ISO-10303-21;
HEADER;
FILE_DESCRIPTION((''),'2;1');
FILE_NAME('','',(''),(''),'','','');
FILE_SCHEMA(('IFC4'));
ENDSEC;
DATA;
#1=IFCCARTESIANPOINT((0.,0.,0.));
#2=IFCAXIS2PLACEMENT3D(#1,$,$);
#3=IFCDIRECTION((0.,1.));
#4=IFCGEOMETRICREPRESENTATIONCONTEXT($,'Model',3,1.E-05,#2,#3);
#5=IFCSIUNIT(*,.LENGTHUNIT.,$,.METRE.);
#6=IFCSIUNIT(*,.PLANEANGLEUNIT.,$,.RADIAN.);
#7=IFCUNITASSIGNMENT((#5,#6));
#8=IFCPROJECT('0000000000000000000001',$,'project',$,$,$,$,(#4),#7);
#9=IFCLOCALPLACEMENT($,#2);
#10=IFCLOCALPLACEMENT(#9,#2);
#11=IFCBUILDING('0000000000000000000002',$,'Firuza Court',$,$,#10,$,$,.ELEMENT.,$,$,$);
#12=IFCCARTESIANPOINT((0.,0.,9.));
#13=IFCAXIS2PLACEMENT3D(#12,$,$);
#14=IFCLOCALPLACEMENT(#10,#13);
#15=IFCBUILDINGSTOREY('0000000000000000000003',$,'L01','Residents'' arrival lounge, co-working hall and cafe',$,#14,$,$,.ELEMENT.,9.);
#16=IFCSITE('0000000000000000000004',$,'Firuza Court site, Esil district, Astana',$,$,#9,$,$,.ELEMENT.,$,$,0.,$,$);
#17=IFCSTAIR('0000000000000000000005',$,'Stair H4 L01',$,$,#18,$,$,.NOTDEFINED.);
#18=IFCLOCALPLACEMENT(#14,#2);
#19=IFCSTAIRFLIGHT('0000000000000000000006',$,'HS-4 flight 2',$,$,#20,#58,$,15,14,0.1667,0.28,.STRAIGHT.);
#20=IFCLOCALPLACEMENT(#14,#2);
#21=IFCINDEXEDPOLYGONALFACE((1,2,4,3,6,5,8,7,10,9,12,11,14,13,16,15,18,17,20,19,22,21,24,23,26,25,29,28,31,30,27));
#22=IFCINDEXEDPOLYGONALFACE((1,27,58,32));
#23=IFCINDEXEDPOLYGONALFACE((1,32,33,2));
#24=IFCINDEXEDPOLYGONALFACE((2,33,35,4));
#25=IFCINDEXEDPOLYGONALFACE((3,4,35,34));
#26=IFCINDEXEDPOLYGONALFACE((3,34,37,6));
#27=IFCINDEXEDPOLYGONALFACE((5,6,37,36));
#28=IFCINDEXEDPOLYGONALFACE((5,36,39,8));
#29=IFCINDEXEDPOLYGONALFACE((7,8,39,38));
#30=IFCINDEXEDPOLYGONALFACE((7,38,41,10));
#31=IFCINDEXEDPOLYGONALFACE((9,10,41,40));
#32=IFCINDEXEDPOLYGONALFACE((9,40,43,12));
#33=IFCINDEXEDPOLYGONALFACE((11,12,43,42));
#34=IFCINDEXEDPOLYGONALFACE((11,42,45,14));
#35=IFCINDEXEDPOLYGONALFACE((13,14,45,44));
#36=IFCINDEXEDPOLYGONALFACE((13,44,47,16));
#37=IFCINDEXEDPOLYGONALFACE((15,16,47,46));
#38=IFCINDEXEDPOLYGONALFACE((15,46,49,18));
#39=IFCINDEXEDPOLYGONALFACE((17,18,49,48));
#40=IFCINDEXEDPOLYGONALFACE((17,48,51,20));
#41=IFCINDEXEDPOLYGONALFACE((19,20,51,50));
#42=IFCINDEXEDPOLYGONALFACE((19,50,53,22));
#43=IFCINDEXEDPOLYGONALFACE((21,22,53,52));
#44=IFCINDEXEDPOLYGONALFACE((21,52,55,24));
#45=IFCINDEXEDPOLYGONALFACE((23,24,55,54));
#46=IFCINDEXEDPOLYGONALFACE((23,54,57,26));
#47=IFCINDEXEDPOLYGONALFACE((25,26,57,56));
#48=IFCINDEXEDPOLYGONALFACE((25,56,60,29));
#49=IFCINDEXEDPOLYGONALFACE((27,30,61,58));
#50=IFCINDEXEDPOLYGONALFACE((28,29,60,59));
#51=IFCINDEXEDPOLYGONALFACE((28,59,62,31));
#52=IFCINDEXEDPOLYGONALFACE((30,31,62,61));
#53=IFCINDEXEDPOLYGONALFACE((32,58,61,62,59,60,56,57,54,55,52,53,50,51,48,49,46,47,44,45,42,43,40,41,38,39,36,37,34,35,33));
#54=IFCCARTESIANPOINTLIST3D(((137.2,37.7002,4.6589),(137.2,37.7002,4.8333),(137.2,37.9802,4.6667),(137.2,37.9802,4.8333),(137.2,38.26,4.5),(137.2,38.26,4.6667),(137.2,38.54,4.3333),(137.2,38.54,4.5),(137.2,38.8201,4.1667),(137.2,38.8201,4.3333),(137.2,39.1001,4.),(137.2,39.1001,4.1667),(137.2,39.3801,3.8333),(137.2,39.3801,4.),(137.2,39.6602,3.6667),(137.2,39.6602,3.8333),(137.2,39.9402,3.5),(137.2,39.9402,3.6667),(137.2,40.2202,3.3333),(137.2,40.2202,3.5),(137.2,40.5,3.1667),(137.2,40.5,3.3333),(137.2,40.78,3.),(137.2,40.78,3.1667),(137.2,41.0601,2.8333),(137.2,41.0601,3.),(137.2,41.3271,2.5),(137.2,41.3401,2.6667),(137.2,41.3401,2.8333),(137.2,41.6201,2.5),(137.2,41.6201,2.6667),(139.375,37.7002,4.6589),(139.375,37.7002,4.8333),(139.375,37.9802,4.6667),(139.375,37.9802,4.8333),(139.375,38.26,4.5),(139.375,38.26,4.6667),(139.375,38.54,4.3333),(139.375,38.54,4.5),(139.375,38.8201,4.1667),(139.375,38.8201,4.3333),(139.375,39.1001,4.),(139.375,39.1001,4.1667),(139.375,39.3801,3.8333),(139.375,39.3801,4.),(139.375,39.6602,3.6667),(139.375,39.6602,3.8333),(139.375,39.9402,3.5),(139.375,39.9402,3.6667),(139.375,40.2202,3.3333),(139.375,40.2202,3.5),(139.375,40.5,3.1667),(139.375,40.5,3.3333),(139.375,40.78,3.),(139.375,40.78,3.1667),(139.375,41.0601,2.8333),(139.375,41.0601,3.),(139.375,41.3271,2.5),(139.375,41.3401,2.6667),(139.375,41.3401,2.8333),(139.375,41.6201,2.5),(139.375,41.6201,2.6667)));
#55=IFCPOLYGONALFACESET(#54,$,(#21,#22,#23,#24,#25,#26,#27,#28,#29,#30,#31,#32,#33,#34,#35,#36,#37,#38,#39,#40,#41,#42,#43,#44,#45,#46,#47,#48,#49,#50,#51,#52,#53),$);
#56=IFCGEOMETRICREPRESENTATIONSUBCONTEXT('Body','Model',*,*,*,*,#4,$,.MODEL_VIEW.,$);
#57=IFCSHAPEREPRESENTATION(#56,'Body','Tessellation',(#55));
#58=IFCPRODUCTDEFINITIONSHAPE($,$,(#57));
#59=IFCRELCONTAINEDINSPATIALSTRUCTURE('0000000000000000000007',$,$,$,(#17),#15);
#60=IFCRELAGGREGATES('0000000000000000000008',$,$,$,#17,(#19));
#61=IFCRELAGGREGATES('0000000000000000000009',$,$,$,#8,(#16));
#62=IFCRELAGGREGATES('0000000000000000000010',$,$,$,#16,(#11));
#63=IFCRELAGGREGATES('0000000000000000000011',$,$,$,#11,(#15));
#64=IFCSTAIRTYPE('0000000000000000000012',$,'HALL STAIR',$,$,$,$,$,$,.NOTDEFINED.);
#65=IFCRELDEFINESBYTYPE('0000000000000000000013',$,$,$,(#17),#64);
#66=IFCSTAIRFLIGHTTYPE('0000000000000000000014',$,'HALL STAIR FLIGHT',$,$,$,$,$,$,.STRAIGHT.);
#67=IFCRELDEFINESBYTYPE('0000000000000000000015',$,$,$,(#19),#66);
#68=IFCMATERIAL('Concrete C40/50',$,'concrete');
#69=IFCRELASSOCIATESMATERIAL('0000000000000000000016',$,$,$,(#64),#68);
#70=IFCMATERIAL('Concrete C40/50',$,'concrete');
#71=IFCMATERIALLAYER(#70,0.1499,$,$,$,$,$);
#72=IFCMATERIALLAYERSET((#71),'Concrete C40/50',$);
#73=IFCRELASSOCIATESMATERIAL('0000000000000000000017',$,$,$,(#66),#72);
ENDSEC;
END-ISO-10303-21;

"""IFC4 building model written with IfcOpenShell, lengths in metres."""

from ifc_helpers import new_model, si_unit, direction, frame, origin, place, context, subcontext, project, spatial, polyline, outline, extrude, material, layer, layer_set, type_object, element, aggregate, save


model = new_model("IFC4")

# Units and contexts
model_context = context("Model", 3, precision=1e-05, world=origin(), true_north=direction((0.0, 1.0)))
body_context = subcontext(model_context, "Body", "Model", "MODEL_VIEW")
ifc_project = project(units=[si_unit("LENGTHUNIT", "METRE"), si_unit("PLANEANGLEUNIT", "RADIAN")], contexts=[model_context])

# Site, building, storey
site_placement = place(None, origin())
site = spatial("IfcSite", under=ifc_project, at=site_placement, Name="Firuza Court site, Esil district, Astana", CompositionType="ELEMENT", RefElevation=0.0)
building_placement = place(site_placement, origin())
building = spatial("IfcBuilding", under=site, at=building_placement, Name="Firuza Court", CompositionType="ELEMENT")
storey_placement = place(building_placement, frame((0.0, 0.0, 9.0)))
storey = spatial("IfcBuildingStorey", under=building, at=storey_placement, Name="L01", Description="Residents' arrival lounge, co-working hall and cafe", CompositionType="ELEMENT", Elevation=9.0)

# Shared definitions
ifc_material_1 = material(Name="Concrete C40/50", Category="concrete")

# Stair, stair flight
ifc_material_2 = material(Name="Concrete C40/50", Category="concrete")
stair_type = type_object("IfcStairType", Name="HALL STAIR", PredefinedType="NOTDEFINED", material=ifc_material_2)
stair_placement = place(storey_placement, origin())
stair = element("IfcStair", 1, at=stair_placement, inside=storey, type_object=stair_type, Name="Stair H4 L01", PredefinedType="NOTDEFINED")
ifc_layer_1 = layer(ifc_material_1, 0.1499)
ifc_layer_set_1 = layer_set([ifc_layer_1], Name="Concrete C40/50")
stair_flight_type = type_object("IfcStairFlightType", Name="HALL STAIR FLIGHT", PredefinedType="STRAIGHT", material=ifc_layer_set_1)
stair_flight_1_placement = place(storey_placement, frame((138.2876, 41.6201, 2.5), z_axis=(0.0, 0.0, 1.0), x_axis=(0.0, -1.0, 0.0)))
stair_flight_1 = element("IfcStairFlight", 2, at=stair_flight_1_placement, type_object=stair_flight_type, Name="HS-4 flight 2", NumberOfRisers=15, NumberOfTreads=14, PredefinedType="STRAIGHT", RiserHeight=0.1667, TreadLength=0.28, context=body_context, shape_type="SweptSolid", body=[
    extrude(outline(polyline([(0.0, 0.0), (0.0, 0.1667), (0.28, 0.1667), (0.28, 0.3333), (0.5601, 0.3333), (0.5601, 0.5), (0.8401, 0.5), (0.8401, 0.6667), (1.1201, 0.6667), (1.1201, 0.8333), (1.3999, 0.8333), (1.3999, 1.0), (1.6799, 1.0), (1.6799, 1.1667), (1.96, 1.1667), (1.96, 1.3333), (2.24, 1.3333), (2.24, 1.5), (2.52, 1.5), (2.52, 1.6667), (2.8, 1.6667), (2.8, 1.8333), (3.0801, 1.8333), (3.0801, 2.0), (3.3601, 2.0), (3.3601, 2.1667), (3.6399, 2.1667), (3.6399, 2.3333), (3.9199, 2.3333), (3.9199, 2.5), (3.9199, 2.1589), (0.293, 0.0), (0.0, 0.0)])), frame((0.0, 1.0874, 0.0), z_axis=(0.0, -1.0, 0.0), x_axis=(1.0, 0.0, 0.0)), (0.0, 0.0, 1.0), 2.175),
])
aggregate(stair, [stair_flight_1])

save(model, "model.ifc")
